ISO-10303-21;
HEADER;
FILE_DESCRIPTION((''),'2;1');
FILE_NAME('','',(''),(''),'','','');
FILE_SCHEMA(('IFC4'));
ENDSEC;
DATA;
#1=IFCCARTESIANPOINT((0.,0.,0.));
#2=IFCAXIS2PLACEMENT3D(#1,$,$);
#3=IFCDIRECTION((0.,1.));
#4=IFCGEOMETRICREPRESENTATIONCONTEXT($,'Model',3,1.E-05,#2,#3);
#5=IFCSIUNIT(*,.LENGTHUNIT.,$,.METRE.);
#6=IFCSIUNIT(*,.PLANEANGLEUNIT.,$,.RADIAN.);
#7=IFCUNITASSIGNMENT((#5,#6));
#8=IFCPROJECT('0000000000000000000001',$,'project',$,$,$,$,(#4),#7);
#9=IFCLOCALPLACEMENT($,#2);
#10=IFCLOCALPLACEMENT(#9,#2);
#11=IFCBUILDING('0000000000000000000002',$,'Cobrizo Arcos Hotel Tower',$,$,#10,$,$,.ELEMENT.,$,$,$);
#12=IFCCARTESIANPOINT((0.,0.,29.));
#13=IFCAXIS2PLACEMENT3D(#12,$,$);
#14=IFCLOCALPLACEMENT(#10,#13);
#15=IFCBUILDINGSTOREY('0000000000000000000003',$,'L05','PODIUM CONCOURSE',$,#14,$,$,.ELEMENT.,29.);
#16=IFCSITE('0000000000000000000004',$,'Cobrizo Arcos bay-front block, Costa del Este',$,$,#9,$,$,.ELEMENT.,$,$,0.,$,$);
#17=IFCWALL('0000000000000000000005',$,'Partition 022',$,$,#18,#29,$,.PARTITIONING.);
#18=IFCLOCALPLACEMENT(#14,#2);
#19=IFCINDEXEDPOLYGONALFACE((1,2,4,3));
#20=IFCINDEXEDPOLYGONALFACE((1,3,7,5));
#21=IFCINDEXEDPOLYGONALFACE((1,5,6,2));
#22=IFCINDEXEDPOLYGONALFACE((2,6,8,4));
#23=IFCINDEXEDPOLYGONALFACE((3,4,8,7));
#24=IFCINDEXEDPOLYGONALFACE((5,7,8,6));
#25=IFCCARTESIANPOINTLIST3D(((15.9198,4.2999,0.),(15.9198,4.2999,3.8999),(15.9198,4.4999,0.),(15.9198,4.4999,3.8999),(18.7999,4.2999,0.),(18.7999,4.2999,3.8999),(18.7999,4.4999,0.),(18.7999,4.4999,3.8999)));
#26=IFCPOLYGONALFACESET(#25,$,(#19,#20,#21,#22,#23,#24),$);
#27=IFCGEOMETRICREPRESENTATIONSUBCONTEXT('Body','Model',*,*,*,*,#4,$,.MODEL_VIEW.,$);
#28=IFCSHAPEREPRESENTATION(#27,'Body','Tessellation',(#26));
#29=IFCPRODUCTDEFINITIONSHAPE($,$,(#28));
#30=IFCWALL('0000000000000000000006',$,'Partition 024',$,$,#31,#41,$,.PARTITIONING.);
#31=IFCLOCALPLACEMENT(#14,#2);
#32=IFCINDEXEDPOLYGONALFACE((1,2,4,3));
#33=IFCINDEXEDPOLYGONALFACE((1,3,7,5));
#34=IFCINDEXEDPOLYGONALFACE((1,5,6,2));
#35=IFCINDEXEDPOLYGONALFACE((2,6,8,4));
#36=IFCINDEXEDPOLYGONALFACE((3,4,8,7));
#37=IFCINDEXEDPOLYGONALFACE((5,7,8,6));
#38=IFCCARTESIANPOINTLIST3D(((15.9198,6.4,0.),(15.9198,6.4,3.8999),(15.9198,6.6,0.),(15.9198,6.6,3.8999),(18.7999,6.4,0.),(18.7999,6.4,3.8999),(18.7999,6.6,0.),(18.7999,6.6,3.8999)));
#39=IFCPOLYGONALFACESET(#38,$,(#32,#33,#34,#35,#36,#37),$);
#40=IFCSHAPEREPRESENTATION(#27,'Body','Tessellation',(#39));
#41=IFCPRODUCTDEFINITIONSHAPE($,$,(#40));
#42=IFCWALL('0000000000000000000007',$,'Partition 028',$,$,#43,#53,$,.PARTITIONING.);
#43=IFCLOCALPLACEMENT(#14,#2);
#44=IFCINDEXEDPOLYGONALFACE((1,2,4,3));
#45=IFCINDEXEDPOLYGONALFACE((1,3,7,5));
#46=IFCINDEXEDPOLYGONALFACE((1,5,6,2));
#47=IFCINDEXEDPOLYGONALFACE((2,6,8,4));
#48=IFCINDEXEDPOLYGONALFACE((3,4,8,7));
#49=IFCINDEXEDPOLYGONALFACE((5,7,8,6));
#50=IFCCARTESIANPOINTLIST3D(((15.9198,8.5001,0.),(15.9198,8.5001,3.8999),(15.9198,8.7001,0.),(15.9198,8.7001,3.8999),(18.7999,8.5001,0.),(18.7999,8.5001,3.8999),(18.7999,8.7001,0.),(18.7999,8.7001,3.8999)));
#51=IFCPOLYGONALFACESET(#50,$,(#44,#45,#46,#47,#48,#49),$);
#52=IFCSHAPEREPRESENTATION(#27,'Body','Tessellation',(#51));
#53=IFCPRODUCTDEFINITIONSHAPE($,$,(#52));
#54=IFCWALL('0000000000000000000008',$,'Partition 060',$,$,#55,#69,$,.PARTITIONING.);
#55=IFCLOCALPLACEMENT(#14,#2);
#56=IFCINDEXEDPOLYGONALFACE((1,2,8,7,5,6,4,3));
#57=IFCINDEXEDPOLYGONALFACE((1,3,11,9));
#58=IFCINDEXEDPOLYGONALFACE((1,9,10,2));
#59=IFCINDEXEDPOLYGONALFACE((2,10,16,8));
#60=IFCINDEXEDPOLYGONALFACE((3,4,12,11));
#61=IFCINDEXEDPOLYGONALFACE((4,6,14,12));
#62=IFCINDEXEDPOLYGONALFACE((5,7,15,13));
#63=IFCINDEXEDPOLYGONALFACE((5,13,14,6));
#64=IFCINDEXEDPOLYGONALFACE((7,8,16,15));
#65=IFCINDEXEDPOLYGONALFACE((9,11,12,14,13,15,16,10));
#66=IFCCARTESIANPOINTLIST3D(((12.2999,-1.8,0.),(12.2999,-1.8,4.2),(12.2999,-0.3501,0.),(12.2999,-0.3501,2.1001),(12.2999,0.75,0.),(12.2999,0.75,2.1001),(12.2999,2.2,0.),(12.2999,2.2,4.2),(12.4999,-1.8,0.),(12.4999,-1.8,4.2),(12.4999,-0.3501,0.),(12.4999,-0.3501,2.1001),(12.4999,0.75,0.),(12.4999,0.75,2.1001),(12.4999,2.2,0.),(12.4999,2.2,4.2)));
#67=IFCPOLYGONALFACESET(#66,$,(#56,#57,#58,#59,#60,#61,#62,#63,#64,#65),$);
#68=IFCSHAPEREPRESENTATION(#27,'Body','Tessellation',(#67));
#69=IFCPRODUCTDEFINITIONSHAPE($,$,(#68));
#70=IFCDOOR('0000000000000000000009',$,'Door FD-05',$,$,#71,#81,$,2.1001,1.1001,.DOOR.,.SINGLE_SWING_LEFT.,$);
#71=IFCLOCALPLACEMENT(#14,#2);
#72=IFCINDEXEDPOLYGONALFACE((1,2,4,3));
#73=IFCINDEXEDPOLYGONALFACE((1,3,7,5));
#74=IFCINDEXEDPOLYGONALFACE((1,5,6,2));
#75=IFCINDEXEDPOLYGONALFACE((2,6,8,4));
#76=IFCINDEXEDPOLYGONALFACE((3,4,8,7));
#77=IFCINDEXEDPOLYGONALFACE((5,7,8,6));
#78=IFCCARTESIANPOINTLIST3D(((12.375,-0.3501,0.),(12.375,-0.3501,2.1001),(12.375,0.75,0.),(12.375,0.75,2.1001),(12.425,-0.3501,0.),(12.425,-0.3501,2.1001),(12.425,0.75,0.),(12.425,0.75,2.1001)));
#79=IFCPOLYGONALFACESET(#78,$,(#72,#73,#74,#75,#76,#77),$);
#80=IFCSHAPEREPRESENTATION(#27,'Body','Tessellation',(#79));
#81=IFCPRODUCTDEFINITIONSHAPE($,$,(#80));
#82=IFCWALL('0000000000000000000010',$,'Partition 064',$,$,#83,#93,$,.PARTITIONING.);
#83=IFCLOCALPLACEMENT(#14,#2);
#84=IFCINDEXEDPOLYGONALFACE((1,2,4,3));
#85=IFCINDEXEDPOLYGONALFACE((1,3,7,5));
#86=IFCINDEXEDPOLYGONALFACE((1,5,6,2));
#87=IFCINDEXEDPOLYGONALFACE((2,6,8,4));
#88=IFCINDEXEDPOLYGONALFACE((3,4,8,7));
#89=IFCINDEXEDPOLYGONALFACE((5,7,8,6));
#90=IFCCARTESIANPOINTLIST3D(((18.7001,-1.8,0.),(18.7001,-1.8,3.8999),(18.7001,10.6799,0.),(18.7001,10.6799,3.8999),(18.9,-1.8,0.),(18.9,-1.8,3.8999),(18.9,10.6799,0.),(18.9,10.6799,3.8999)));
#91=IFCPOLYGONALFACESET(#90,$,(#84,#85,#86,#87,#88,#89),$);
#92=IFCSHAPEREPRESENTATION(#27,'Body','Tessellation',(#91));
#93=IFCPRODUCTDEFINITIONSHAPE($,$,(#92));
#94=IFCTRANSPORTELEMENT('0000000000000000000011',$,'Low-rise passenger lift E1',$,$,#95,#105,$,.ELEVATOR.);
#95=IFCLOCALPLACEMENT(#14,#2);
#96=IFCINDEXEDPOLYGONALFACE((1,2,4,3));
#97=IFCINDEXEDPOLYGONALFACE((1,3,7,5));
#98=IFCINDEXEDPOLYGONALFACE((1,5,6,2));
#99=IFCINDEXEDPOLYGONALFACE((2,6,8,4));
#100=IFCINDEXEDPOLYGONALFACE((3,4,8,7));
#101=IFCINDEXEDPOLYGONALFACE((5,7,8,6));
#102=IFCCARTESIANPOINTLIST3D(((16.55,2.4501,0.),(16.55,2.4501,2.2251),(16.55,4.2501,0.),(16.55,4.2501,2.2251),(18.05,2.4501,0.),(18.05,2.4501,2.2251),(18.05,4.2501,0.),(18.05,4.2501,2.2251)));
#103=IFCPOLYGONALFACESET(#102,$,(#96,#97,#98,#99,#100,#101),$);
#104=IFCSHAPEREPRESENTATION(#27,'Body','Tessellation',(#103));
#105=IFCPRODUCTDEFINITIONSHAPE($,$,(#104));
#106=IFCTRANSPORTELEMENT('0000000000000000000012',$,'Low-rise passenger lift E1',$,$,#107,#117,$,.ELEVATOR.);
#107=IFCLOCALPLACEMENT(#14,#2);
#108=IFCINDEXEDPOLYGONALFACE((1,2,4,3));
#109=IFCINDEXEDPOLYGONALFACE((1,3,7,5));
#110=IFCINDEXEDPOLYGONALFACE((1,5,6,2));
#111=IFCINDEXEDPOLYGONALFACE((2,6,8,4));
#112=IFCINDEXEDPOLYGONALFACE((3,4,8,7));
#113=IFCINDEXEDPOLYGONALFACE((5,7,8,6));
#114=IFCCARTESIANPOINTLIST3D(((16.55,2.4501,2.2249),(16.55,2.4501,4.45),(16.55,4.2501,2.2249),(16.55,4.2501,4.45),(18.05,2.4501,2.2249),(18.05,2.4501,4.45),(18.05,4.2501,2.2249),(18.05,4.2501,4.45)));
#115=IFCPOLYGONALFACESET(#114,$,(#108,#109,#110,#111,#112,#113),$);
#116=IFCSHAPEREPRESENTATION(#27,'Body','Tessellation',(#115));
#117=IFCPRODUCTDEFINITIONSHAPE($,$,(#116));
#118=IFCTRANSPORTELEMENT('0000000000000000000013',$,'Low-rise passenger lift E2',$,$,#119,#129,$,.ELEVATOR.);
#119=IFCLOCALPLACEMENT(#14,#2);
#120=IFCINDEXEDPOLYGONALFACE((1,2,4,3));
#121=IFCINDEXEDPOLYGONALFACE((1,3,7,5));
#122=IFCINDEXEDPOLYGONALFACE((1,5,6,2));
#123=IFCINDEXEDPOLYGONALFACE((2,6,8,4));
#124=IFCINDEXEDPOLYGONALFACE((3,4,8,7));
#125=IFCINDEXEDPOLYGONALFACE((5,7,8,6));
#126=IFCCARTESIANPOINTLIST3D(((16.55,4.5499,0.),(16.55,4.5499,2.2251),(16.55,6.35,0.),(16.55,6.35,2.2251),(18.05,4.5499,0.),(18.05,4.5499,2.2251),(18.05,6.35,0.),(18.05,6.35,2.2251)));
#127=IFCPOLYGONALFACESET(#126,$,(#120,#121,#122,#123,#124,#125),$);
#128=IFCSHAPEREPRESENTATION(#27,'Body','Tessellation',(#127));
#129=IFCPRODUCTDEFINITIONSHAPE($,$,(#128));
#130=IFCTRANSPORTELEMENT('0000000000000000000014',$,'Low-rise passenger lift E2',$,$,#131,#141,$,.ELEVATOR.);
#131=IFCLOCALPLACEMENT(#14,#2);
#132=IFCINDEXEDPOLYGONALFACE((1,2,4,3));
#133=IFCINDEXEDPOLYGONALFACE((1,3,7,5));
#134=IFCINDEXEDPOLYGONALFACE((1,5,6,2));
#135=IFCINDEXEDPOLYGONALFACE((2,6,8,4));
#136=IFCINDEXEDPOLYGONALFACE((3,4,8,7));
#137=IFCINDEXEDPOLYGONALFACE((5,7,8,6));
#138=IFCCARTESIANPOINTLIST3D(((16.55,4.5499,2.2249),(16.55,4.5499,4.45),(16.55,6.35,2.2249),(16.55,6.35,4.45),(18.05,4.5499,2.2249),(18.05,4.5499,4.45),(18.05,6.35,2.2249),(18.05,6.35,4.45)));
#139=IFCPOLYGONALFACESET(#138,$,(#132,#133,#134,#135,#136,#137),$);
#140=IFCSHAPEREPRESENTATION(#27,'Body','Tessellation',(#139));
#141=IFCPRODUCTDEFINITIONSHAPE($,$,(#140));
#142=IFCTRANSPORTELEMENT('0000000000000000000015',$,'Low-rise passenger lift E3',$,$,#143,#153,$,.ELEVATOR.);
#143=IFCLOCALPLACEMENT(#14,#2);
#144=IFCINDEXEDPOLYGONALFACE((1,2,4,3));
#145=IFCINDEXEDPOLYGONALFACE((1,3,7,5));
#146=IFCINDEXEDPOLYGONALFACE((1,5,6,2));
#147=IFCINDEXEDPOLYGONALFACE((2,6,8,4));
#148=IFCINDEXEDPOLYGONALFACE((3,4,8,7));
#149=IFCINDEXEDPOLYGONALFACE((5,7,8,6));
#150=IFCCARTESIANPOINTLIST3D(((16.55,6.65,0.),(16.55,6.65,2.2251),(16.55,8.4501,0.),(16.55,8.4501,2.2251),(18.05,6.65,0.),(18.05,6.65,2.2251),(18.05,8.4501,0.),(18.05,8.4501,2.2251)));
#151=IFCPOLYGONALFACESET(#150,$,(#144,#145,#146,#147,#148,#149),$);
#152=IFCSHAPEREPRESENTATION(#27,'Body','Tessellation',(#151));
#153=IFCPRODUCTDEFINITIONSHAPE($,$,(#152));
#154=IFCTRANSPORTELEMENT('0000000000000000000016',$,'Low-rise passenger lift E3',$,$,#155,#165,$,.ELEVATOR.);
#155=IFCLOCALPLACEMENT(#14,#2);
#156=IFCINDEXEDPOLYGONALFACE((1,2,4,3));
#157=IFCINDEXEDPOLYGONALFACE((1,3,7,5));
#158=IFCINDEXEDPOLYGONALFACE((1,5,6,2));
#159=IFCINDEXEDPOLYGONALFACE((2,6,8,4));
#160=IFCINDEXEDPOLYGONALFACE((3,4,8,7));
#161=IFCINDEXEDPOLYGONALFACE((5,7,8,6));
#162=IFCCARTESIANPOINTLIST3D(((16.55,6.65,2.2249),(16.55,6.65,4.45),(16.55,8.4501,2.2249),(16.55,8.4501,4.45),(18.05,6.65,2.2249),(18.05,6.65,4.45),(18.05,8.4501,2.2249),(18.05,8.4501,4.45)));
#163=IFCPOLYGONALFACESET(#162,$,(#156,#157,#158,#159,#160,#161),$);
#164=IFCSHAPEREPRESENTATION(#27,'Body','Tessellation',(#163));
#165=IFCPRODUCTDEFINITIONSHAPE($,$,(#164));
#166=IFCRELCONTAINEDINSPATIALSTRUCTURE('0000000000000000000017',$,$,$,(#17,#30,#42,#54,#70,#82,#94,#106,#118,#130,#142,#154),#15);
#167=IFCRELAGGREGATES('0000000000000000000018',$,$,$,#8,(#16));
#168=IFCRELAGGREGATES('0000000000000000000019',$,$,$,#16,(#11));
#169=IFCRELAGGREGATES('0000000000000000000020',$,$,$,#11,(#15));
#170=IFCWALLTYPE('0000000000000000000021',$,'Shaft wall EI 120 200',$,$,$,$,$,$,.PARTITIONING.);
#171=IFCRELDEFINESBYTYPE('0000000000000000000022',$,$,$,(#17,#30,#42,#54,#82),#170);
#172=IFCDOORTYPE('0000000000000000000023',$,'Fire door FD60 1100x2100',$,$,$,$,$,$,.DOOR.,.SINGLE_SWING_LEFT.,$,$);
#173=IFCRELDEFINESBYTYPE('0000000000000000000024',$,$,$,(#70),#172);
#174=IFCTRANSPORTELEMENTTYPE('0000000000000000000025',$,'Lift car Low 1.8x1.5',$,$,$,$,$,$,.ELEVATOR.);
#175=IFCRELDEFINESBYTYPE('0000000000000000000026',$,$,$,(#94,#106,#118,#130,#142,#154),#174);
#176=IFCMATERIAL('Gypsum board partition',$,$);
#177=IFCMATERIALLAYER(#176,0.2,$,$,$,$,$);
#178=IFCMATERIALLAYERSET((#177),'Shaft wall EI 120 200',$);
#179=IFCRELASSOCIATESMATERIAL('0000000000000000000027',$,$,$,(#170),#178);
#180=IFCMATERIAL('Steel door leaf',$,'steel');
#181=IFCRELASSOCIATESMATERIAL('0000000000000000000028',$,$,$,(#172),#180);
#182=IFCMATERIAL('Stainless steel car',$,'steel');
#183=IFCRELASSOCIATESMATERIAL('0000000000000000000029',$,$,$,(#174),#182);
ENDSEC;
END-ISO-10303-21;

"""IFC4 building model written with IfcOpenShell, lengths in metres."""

from ifc_helpers import new_model, si_unit, direction, frame, frame_2d, origin, origin_2d, place, context, subcontext, project, spatial, rectangle, extrude, material, layer, layer_set, type_object, element, fill, save


model = new_model("IFC4")

# Units and contexts
model_context = context("Model", 3, precision=1e-05, world=origin(), true_north=direction((0.0, 1.0)))
body_context = subcontext(model_context, "Body", "Model", "MODEL_VIEW")
ifc_project = project(units=[si_unit("LENGTHUNIT", "METRE"), si_unit("PLANEANGLEUNIT", "RADIAN")], contexts=[model_context])

# Site, building, storey
site_placement = place(None, origin())
site = spatial("IfcSite", under=ifc_project, at=site_placement, Name="Cobrizo Arcos bay-front block, Costa del Este", CompositionType="ELEMENT", RefElevation=0.0)
building_placement = place(site_placement, origin())
building = spatial("IfcBuilding", under=site, at=building_placement, Name="Cobrizo Arcos Hotel Tower", CompositionType="ELEMENT")
storey_placement = place(building_placement, frame((0.0, 0.0, 29.0)))
storey = spatial("IfcBuildingStorey", under=building, at=storey_placement, Name="L05", Description="PODIUM CONCOURSE", CompositionType="ELEMENT", Elevation=29.0)

# Shared definitions
ifc_material_1 = material(Name="Gypsum board partition")

# Shared definitions
ifc_layer_1 = layer(ifc_material_1, 0.2)
ifc_layer_set_1 = layer_set([ifc_layer_1], Name="Shaft wall EI 120 200")
wall_type_1 = type_object("IfcWallType", Name="Shaft wall EI 120 200", PredefinedType="PARTITIONING", material=ifc_layer_set_1)

# Shared definitions
ifc_material_2 = material(Name="Steel door leaf", Category="steel")
door_type_1 = type_object("IfcDoorType", Name="Fire door FD60 1100x2100", OperationType="SINGLE_SWING_LEFT", PredefinedType="DOOR", material=ifc_material_2)

# Walls
for number, where, z_axis, x_axis, name in (
    (1, (15.9199, 4.3999, 0.0), (0.0, 0.0, 1.0), (1.0, 0.0, 0.0), "Partition 022"),
    (2, (15.9199, 6.5, 0.0), (0.0, 0.0, 1.0), (1.0, 0.0, 0.0), "Partition 024"),
    (3, (15.9199, 8.6001, 0.0), (0.0, 0.0, 1.0), (1.0, 0.0, 0.0), "Partition 028"),
):
    element("IfcWall", number, at=place(storey_placement, frame(where, z_axis=z_axis, x_axis=x_axis)), inside=storey, type_object=wall_type_1, Name=name, PredefinedType="PARTITIONING", context=body_context, shape_type="SweptSolid", body=[
        extrude(rectangle(XDim=2.8801, YDim=0.2, at=frame_2d((1.4399, 0.0))), origin(), (0.0, 0.0, 1.0), 3.8999),
    ])

# Wall, opening, door
wall_1_placement = place(storey_placement, frame((12.3999, -1.8, 0.0), z_axis=(0.0, 0.0, 1.0), x_axis=(0.0, 1.0, 0.0)))
wall_1 = element("IfcWall", 4, at=wall_1_placement, inside=storey, type_object=wall_type_1, Name="Partition 060", PredefinedType="PARTITIONING", context=body_context, shape_type="SweptSolid", body=[
    extrude(rectangle(XDim=4.0, YDim=0.2, at=frame_2d((2.0, 0.0))), origin(), (0.0, 0.0, 1.0), 4.2),
])
opening_1_placement = place(wall_1_placement, frame((1.45, 0.0, 0.0)))
opening_1 = element("IfcOpeningElement", 5, at=opening_1_placement, cuts=wall_1, PredefinedType="OPENING", context=body_context, shape_type="SweptSolid", body=[
    extrude(rectangle(XDim=1.1001, YDim=2.1001, at=frame_2d((0.55, 1.05))), frame((0.0, 0.1121, 0.0), z_axis=(0.0, -1.0, 0.0), x_axis=(1.0, 0.0, 0.0)), (0.0, 0.0, 1.0), 0.2239),
])
door_1_placement = place(opening_1_placement, origin())
door_1 = element("IfcDoor", 6, at=door_1_placement, inside=storey, type_object=door_type_1, Name="Door FD-05", OperationType="SINGLE_SWING_LEFT", OverallHeight=2.1001, OverallWidth=1.1001, PredefinedType="DOOR", context=body_context, shape_type="SweptSolid", body=[
    extrude(rectangle(XDim=1.1001, YDim=2.1001, at=frame_2d((0.55, 1.05))), frame((0.0, 0.0249, 0.0), z_axis=(0.0, -1.0, 0.0), x_axis=(1.0, 0.0, 0.0)), (0.0, 0.0, 1.0), 0.05),
])
fill(opening_1, door_1)

# Wall
wall_2_placement = place(storey_placement, frame((18.8, -1.8, 0.0), z_axis=(0.0, 0.0, 1.0), x_axis=(0.0, 1.0, 0.0)))
element("IfcWall", 7, at=wall_2_placement, inside=storey, type_object=wall_type_1, Name="Partition 064", PredefinedType="PARTITIONING", context=body_context, shape_type="SweptSolid", body=[
    extrude(rectangle(XDim=12.48, YDim=0.2, at=frame_2d((6.24, 0.0))), origin(), (0.0, 0.0, 1.0), 3.8999),
])

# Transport elements
ifc_material_3 = material(Name="Stainless steel car", Category="steel")
transport_element_type = type_object("IfcTransportElementType", Name="Lift car Low 1.8x1.5", PredefinedType="ELEVATOR", material=ifc_material_3)
for number, where, z_axis, x_axis, name in (
    (8, (17.3, 3.3501, 0.0), (0.0, 0.0, 1.0), (1.0, 0.0, 0.0), "Low-rise passenger lift E1"),
    (9, (17.3, 3.3501, 2.2249), (0.0, 0.0, 1.0), (1.0, 0.0, 0.0), "Low-rise passenger lift E1"),
    (10, (17.3, 5.45, 0.0), (0.0, 0.0, 1.0), (1.0, 0.0, 0.0), "Low-rise passenger lift E2"),
    (11, (17.3, 5.45, 2.2249), (0.0, 0.0, 1.0), (1.0, 0.0, 0.0), "Low-rise passenger lift E2"),
    (12, (17.3, 7.55, 0.0), (0.0, 0.0, 1.0), (1.0, 0.0, 0.0), "Low-rise passenger lift E3"),
    (13, (17.3, 7.55, 2.2249), (0.0, 0.0, 1.0), (1.0, 0.0, 0.0), "Low-rise passenger lift E3"),
):
    element("IfcTransportElement", number, at=place(storey_placement, frame(where, z_axis=z_axis, x_axis=x_axis)), inside=storey, type_object=transport_element_type, Name=name, PredefinedType="ELEVATOR", context=body_context, shape_type="SweptSolid", body=[
        extrude(rectangle(XDim=1.5, YDim=1.8, at=origin_2d()), origin(), (0.0, 0.0, 1.0), 2.2251),
    ])

save(model, "model.ifc")
